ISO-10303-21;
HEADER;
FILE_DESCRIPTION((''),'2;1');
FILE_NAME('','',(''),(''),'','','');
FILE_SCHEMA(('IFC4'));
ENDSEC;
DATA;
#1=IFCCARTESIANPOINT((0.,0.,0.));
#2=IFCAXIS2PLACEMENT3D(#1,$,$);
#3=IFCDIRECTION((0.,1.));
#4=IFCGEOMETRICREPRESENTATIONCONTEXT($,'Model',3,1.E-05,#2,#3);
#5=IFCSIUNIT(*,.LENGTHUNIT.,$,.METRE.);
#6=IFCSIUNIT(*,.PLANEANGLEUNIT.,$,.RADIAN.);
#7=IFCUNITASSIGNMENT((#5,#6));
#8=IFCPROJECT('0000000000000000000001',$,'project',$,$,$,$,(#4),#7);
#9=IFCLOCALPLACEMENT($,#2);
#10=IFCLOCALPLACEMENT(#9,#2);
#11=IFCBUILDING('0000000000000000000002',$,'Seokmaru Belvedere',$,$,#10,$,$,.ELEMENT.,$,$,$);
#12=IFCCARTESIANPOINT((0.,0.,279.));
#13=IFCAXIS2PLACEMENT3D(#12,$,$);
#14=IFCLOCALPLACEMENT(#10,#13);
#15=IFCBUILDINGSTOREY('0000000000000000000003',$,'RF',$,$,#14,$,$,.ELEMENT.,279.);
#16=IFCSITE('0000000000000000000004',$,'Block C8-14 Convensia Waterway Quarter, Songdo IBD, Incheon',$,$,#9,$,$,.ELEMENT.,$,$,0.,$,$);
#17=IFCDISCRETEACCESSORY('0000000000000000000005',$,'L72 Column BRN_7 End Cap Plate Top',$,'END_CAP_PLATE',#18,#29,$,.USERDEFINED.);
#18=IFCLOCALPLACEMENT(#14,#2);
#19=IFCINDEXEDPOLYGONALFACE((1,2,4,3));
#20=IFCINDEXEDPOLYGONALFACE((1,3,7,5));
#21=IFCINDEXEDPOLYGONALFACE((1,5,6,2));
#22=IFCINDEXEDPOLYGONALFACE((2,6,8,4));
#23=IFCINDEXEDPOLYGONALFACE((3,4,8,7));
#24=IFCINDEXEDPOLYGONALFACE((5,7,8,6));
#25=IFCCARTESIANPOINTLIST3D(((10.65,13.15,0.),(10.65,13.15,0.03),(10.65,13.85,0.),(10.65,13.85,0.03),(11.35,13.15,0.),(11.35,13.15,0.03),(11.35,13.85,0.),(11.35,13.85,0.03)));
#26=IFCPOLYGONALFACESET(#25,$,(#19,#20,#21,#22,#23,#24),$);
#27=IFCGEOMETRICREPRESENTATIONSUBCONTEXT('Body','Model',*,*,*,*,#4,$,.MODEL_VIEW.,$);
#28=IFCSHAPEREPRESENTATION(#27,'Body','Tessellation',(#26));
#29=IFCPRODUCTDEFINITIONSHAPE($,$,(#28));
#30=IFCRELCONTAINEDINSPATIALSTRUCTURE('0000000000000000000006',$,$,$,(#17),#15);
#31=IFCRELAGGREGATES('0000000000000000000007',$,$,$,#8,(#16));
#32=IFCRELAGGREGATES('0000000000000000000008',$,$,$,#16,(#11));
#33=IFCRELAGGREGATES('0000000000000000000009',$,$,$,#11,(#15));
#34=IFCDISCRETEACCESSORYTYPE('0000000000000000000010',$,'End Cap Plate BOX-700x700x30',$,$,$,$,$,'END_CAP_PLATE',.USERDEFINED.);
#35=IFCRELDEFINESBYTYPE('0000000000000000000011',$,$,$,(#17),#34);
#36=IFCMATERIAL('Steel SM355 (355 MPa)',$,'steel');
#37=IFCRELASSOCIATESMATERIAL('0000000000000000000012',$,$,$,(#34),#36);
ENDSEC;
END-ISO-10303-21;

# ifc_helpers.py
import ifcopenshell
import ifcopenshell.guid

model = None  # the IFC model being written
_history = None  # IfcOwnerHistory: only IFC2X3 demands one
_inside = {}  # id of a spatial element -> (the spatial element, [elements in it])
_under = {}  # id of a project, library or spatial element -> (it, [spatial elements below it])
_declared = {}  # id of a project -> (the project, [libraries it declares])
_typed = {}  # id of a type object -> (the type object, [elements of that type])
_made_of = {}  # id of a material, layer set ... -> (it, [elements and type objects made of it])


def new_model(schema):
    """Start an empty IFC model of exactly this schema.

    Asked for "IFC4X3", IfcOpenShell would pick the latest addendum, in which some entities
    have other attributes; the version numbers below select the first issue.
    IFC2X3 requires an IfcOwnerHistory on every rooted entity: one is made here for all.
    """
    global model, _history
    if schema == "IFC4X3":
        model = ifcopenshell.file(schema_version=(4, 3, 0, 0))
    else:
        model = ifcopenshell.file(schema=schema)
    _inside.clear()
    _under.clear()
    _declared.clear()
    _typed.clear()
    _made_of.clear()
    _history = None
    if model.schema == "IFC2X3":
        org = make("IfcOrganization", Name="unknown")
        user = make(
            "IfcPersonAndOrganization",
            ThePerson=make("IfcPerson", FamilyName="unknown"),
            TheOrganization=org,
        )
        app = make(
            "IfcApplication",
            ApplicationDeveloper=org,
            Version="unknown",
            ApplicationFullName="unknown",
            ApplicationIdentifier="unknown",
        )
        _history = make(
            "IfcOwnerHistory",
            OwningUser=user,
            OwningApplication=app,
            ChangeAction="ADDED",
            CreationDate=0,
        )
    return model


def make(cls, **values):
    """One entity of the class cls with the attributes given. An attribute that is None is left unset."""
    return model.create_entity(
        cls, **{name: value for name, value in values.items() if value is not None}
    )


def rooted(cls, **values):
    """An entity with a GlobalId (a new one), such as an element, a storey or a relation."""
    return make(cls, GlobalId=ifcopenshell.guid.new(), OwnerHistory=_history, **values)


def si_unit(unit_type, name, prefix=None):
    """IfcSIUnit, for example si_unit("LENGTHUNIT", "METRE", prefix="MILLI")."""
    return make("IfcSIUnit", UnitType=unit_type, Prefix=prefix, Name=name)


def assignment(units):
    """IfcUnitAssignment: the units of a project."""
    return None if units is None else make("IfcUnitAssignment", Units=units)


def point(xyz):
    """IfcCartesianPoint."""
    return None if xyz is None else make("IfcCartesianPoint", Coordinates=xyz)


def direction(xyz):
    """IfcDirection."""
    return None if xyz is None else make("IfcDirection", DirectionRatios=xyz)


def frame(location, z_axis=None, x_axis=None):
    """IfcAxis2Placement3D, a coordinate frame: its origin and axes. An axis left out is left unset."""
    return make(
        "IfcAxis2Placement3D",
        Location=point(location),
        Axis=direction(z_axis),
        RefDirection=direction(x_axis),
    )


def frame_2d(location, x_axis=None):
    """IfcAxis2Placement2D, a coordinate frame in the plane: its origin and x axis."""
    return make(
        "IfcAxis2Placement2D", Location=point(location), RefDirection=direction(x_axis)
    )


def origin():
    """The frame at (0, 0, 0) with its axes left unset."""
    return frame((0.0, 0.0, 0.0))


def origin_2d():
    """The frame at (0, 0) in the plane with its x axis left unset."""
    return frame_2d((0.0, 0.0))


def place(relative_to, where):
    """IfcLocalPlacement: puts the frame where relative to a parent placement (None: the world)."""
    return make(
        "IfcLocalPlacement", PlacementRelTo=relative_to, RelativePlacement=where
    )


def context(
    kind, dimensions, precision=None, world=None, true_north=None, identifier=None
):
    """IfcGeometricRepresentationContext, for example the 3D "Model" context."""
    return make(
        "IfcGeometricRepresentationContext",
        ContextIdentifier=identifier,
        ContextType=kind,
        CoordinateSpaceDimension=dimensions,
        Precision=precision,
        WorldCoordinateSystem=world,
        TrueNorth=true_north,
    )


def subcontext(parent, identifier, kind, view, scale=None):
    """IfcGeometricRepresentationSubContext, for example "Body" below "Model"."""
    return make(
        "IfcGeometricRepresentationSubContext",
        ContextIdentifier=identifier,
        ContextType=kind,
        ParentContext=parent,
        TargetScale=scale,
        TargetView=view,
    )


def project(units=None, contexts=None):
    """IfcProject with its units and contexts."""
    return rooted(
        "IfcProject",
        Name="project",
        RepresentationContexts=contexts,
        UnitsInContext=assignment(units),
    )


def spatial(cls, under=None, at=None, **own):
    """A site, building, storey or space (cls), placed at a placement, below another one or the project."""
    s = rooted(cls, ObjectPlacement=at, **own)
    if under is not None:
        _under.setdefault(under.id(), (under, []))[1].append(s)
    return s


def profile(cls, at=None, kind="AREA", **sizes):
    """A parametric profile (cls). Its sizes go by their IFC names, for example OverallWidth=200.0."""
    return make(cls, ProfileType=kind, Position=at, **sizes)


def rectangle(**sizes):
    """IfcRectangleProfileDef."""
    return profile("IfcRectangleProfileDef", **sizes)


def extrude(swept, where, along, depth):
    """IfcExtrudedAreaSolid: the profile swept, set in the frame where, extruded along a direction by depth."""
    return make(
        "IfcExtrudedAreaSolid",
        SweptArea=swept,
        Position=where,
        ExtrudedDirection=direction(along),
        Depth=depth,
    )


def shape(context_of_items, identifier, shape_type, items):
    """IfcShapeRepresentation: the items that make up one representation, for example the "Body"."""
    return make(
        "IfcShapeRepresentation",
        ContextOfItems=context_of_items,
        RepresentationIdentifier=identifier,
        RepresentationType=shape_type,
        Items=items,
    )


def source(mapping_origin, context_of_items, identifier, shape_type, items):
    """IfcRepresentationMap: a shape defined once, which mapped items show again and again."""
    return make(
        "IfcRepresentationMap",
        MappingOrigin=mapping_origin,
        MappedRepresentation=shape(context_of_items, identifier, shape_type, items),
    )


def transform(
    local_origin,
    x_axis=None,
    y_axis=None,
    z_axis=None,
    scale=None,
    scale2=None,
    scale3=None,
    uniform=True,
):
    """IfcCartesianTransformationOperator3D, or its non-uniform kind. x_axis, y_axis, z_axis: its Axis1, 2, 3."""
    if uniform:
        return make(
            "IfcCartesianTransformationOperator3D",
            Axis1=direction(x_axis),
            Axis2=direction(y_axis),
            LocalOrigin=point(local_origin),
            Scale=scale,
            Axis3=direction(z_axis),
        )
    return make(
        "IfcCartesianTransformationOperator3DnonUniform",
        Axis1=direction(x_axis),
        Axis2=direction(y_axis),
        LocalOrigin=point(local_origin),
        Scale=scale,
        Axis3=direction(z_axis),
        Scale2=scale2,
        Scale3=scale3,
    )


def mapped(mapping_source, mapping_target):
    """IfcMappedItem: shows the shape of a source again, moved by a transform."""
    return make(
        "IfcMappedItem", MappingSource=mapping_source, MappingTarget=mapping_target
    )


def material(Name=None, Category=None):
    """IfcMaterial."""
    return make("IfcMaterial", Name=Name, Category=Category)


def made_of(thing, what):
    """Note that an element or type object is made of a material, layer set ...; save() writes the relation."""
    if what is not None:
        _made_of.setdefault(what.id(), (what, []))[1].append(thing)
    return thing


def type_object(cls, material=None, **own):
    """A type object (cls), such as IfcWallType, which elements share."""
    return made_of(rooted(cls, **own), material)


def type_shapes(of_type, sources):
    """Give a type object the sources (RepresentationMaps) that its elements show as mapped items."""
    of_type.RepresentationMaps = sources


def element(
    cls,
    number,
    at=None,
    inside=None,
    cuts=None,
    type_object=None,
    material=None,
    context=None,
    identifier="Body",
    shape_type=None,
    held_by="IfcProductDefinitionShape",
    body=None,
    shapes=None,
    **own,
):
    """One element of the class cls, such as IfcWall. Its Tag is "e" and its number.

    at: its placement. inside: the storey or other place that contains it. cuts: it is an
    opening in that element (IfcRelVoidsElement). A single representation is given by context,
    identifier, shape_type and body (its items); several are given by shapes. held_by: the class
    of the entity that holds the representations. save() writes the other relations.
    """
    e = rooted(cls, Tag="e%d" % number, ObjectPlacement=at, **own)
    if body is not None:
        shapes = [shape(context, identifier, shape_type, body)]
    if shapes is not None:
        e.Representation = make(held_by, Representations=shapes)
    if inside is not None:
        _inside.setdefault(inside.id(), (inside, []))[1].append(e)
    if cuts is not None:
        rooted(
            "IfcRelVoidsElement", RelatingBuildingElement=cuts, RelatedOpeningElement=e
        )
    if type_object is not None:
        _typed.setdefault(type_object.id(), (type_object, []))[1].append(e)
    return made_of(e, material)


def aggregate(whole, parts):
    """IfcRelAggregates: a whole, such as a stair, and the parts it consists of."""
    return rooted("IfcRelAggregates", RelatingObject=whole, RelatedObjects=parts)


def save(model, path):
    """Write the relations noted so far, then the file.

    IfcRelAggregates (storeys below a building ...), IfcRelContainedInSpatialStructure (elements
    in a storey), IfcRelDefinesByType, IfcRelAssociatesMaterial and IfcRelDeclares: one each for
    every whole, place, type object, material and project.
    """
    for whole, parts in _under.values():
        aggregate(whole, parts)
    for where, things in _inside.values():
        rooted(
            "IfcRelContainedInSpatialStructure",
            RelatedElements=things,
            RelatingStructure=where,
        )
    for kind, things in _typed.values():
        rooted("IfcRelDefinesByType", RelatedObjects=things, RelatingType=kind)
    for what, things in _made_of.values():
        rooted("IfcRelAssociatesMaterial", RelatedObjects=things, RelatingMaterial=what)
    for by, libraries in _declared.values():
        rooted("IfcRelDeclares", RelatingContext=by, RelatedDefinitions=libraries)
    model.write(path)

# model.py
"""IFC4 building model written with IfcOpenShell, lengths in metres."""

from ifc_helpers import new_model, si_unit, direction, frame, origin, origin_2d, place, context, subcontext, project, spatial, rectangle, extrude, source, transform, mapped, material, type_object, type_shapes, element, save


model = new_model("IFC4")

# Units and contexts
model_context = context("Model", 3, precision=1e-05, world=origin(), true_north=direction((0.0, 1.0)))
body_context = subcontext(model_context, "Body", "Model", "MODEL_VIEW")
ifc_project = project(units=[si_unit("LENGTHUNIT", "METRE"), si_unit("PLANEANGLEUNIT", "RADIAN")], contexts=[model_context])

# Site, building, storey
site_placement = place(None, origin())
site = spatial("IfcSite", under=ifc_project, at=site_placement, Name="Block C8-14 Convensia Waterway Quarter, Songdo IBD, Incheon", CompositionType="ELEMENT", RefElevation=0.0)
building_placement = place(site_placement, origin())
building = spatial("IfcBuilding", under=site, at=building_placement, Name="Seokmaru Belvedere", CompositionType="ELEMENT")
storey_placement = place(building_placement, frame((0.0, 0.0, 279.0)))
storey = spatial("IfcBuildingStorey", under=building, at=storey_placement, Name="RF", CompositionType="ELEMENT", Elevation=279.0)

# Shared definitions
ifc_material_1 = material(Name="Steel SM355 (355 MPa)", Category="steel")

# Discrete accessory
discrete_accessory_type_1 = type_object("IfcDiscreteAccessoryType", Name="End Cap Plate BOX-700x700x30", ElementType="END_CAP_PLATE", PredefinedType="USERDEFINED", material=ifc_material_1)
shared_shape_1 = source(origin(), body_context, "Body", "SweptSolid", [
    extrude(rectangle(XDim=0.7, YDim=0.7, at=origin_2d()), origin(), (0.0, 0.0, 1.0), 0.03),
])
type_shapes(discrete_accessory_type_1, [shared_shape_1])
for number, where, z_axis, x_axis, name in (
    (1, (11.0, 13.5, 0.0), (0.0, 0.0, 1.0), (1.0, 0.0, 0.0), "L72 Column BRN_7 End Cap Plate Top"),
):
    element("IfcDiscreteAccessory", number, at=place(storey_placement, frame(where, z_axis=z_axis, x_axis=x_axis)), inside=storey, type_object=discrete_accessory_type_1, Name=name, ObjectType="END_CAP_PLATE", PredefinedType="USERDEFINED", context=body_context, shape_type="MappedRepresentation", body=[
        mapped(shared_shape_1, transform((0.0, 0.0, 0.0), scale=1.0)),
    ])

save(model, "model.ifc")
